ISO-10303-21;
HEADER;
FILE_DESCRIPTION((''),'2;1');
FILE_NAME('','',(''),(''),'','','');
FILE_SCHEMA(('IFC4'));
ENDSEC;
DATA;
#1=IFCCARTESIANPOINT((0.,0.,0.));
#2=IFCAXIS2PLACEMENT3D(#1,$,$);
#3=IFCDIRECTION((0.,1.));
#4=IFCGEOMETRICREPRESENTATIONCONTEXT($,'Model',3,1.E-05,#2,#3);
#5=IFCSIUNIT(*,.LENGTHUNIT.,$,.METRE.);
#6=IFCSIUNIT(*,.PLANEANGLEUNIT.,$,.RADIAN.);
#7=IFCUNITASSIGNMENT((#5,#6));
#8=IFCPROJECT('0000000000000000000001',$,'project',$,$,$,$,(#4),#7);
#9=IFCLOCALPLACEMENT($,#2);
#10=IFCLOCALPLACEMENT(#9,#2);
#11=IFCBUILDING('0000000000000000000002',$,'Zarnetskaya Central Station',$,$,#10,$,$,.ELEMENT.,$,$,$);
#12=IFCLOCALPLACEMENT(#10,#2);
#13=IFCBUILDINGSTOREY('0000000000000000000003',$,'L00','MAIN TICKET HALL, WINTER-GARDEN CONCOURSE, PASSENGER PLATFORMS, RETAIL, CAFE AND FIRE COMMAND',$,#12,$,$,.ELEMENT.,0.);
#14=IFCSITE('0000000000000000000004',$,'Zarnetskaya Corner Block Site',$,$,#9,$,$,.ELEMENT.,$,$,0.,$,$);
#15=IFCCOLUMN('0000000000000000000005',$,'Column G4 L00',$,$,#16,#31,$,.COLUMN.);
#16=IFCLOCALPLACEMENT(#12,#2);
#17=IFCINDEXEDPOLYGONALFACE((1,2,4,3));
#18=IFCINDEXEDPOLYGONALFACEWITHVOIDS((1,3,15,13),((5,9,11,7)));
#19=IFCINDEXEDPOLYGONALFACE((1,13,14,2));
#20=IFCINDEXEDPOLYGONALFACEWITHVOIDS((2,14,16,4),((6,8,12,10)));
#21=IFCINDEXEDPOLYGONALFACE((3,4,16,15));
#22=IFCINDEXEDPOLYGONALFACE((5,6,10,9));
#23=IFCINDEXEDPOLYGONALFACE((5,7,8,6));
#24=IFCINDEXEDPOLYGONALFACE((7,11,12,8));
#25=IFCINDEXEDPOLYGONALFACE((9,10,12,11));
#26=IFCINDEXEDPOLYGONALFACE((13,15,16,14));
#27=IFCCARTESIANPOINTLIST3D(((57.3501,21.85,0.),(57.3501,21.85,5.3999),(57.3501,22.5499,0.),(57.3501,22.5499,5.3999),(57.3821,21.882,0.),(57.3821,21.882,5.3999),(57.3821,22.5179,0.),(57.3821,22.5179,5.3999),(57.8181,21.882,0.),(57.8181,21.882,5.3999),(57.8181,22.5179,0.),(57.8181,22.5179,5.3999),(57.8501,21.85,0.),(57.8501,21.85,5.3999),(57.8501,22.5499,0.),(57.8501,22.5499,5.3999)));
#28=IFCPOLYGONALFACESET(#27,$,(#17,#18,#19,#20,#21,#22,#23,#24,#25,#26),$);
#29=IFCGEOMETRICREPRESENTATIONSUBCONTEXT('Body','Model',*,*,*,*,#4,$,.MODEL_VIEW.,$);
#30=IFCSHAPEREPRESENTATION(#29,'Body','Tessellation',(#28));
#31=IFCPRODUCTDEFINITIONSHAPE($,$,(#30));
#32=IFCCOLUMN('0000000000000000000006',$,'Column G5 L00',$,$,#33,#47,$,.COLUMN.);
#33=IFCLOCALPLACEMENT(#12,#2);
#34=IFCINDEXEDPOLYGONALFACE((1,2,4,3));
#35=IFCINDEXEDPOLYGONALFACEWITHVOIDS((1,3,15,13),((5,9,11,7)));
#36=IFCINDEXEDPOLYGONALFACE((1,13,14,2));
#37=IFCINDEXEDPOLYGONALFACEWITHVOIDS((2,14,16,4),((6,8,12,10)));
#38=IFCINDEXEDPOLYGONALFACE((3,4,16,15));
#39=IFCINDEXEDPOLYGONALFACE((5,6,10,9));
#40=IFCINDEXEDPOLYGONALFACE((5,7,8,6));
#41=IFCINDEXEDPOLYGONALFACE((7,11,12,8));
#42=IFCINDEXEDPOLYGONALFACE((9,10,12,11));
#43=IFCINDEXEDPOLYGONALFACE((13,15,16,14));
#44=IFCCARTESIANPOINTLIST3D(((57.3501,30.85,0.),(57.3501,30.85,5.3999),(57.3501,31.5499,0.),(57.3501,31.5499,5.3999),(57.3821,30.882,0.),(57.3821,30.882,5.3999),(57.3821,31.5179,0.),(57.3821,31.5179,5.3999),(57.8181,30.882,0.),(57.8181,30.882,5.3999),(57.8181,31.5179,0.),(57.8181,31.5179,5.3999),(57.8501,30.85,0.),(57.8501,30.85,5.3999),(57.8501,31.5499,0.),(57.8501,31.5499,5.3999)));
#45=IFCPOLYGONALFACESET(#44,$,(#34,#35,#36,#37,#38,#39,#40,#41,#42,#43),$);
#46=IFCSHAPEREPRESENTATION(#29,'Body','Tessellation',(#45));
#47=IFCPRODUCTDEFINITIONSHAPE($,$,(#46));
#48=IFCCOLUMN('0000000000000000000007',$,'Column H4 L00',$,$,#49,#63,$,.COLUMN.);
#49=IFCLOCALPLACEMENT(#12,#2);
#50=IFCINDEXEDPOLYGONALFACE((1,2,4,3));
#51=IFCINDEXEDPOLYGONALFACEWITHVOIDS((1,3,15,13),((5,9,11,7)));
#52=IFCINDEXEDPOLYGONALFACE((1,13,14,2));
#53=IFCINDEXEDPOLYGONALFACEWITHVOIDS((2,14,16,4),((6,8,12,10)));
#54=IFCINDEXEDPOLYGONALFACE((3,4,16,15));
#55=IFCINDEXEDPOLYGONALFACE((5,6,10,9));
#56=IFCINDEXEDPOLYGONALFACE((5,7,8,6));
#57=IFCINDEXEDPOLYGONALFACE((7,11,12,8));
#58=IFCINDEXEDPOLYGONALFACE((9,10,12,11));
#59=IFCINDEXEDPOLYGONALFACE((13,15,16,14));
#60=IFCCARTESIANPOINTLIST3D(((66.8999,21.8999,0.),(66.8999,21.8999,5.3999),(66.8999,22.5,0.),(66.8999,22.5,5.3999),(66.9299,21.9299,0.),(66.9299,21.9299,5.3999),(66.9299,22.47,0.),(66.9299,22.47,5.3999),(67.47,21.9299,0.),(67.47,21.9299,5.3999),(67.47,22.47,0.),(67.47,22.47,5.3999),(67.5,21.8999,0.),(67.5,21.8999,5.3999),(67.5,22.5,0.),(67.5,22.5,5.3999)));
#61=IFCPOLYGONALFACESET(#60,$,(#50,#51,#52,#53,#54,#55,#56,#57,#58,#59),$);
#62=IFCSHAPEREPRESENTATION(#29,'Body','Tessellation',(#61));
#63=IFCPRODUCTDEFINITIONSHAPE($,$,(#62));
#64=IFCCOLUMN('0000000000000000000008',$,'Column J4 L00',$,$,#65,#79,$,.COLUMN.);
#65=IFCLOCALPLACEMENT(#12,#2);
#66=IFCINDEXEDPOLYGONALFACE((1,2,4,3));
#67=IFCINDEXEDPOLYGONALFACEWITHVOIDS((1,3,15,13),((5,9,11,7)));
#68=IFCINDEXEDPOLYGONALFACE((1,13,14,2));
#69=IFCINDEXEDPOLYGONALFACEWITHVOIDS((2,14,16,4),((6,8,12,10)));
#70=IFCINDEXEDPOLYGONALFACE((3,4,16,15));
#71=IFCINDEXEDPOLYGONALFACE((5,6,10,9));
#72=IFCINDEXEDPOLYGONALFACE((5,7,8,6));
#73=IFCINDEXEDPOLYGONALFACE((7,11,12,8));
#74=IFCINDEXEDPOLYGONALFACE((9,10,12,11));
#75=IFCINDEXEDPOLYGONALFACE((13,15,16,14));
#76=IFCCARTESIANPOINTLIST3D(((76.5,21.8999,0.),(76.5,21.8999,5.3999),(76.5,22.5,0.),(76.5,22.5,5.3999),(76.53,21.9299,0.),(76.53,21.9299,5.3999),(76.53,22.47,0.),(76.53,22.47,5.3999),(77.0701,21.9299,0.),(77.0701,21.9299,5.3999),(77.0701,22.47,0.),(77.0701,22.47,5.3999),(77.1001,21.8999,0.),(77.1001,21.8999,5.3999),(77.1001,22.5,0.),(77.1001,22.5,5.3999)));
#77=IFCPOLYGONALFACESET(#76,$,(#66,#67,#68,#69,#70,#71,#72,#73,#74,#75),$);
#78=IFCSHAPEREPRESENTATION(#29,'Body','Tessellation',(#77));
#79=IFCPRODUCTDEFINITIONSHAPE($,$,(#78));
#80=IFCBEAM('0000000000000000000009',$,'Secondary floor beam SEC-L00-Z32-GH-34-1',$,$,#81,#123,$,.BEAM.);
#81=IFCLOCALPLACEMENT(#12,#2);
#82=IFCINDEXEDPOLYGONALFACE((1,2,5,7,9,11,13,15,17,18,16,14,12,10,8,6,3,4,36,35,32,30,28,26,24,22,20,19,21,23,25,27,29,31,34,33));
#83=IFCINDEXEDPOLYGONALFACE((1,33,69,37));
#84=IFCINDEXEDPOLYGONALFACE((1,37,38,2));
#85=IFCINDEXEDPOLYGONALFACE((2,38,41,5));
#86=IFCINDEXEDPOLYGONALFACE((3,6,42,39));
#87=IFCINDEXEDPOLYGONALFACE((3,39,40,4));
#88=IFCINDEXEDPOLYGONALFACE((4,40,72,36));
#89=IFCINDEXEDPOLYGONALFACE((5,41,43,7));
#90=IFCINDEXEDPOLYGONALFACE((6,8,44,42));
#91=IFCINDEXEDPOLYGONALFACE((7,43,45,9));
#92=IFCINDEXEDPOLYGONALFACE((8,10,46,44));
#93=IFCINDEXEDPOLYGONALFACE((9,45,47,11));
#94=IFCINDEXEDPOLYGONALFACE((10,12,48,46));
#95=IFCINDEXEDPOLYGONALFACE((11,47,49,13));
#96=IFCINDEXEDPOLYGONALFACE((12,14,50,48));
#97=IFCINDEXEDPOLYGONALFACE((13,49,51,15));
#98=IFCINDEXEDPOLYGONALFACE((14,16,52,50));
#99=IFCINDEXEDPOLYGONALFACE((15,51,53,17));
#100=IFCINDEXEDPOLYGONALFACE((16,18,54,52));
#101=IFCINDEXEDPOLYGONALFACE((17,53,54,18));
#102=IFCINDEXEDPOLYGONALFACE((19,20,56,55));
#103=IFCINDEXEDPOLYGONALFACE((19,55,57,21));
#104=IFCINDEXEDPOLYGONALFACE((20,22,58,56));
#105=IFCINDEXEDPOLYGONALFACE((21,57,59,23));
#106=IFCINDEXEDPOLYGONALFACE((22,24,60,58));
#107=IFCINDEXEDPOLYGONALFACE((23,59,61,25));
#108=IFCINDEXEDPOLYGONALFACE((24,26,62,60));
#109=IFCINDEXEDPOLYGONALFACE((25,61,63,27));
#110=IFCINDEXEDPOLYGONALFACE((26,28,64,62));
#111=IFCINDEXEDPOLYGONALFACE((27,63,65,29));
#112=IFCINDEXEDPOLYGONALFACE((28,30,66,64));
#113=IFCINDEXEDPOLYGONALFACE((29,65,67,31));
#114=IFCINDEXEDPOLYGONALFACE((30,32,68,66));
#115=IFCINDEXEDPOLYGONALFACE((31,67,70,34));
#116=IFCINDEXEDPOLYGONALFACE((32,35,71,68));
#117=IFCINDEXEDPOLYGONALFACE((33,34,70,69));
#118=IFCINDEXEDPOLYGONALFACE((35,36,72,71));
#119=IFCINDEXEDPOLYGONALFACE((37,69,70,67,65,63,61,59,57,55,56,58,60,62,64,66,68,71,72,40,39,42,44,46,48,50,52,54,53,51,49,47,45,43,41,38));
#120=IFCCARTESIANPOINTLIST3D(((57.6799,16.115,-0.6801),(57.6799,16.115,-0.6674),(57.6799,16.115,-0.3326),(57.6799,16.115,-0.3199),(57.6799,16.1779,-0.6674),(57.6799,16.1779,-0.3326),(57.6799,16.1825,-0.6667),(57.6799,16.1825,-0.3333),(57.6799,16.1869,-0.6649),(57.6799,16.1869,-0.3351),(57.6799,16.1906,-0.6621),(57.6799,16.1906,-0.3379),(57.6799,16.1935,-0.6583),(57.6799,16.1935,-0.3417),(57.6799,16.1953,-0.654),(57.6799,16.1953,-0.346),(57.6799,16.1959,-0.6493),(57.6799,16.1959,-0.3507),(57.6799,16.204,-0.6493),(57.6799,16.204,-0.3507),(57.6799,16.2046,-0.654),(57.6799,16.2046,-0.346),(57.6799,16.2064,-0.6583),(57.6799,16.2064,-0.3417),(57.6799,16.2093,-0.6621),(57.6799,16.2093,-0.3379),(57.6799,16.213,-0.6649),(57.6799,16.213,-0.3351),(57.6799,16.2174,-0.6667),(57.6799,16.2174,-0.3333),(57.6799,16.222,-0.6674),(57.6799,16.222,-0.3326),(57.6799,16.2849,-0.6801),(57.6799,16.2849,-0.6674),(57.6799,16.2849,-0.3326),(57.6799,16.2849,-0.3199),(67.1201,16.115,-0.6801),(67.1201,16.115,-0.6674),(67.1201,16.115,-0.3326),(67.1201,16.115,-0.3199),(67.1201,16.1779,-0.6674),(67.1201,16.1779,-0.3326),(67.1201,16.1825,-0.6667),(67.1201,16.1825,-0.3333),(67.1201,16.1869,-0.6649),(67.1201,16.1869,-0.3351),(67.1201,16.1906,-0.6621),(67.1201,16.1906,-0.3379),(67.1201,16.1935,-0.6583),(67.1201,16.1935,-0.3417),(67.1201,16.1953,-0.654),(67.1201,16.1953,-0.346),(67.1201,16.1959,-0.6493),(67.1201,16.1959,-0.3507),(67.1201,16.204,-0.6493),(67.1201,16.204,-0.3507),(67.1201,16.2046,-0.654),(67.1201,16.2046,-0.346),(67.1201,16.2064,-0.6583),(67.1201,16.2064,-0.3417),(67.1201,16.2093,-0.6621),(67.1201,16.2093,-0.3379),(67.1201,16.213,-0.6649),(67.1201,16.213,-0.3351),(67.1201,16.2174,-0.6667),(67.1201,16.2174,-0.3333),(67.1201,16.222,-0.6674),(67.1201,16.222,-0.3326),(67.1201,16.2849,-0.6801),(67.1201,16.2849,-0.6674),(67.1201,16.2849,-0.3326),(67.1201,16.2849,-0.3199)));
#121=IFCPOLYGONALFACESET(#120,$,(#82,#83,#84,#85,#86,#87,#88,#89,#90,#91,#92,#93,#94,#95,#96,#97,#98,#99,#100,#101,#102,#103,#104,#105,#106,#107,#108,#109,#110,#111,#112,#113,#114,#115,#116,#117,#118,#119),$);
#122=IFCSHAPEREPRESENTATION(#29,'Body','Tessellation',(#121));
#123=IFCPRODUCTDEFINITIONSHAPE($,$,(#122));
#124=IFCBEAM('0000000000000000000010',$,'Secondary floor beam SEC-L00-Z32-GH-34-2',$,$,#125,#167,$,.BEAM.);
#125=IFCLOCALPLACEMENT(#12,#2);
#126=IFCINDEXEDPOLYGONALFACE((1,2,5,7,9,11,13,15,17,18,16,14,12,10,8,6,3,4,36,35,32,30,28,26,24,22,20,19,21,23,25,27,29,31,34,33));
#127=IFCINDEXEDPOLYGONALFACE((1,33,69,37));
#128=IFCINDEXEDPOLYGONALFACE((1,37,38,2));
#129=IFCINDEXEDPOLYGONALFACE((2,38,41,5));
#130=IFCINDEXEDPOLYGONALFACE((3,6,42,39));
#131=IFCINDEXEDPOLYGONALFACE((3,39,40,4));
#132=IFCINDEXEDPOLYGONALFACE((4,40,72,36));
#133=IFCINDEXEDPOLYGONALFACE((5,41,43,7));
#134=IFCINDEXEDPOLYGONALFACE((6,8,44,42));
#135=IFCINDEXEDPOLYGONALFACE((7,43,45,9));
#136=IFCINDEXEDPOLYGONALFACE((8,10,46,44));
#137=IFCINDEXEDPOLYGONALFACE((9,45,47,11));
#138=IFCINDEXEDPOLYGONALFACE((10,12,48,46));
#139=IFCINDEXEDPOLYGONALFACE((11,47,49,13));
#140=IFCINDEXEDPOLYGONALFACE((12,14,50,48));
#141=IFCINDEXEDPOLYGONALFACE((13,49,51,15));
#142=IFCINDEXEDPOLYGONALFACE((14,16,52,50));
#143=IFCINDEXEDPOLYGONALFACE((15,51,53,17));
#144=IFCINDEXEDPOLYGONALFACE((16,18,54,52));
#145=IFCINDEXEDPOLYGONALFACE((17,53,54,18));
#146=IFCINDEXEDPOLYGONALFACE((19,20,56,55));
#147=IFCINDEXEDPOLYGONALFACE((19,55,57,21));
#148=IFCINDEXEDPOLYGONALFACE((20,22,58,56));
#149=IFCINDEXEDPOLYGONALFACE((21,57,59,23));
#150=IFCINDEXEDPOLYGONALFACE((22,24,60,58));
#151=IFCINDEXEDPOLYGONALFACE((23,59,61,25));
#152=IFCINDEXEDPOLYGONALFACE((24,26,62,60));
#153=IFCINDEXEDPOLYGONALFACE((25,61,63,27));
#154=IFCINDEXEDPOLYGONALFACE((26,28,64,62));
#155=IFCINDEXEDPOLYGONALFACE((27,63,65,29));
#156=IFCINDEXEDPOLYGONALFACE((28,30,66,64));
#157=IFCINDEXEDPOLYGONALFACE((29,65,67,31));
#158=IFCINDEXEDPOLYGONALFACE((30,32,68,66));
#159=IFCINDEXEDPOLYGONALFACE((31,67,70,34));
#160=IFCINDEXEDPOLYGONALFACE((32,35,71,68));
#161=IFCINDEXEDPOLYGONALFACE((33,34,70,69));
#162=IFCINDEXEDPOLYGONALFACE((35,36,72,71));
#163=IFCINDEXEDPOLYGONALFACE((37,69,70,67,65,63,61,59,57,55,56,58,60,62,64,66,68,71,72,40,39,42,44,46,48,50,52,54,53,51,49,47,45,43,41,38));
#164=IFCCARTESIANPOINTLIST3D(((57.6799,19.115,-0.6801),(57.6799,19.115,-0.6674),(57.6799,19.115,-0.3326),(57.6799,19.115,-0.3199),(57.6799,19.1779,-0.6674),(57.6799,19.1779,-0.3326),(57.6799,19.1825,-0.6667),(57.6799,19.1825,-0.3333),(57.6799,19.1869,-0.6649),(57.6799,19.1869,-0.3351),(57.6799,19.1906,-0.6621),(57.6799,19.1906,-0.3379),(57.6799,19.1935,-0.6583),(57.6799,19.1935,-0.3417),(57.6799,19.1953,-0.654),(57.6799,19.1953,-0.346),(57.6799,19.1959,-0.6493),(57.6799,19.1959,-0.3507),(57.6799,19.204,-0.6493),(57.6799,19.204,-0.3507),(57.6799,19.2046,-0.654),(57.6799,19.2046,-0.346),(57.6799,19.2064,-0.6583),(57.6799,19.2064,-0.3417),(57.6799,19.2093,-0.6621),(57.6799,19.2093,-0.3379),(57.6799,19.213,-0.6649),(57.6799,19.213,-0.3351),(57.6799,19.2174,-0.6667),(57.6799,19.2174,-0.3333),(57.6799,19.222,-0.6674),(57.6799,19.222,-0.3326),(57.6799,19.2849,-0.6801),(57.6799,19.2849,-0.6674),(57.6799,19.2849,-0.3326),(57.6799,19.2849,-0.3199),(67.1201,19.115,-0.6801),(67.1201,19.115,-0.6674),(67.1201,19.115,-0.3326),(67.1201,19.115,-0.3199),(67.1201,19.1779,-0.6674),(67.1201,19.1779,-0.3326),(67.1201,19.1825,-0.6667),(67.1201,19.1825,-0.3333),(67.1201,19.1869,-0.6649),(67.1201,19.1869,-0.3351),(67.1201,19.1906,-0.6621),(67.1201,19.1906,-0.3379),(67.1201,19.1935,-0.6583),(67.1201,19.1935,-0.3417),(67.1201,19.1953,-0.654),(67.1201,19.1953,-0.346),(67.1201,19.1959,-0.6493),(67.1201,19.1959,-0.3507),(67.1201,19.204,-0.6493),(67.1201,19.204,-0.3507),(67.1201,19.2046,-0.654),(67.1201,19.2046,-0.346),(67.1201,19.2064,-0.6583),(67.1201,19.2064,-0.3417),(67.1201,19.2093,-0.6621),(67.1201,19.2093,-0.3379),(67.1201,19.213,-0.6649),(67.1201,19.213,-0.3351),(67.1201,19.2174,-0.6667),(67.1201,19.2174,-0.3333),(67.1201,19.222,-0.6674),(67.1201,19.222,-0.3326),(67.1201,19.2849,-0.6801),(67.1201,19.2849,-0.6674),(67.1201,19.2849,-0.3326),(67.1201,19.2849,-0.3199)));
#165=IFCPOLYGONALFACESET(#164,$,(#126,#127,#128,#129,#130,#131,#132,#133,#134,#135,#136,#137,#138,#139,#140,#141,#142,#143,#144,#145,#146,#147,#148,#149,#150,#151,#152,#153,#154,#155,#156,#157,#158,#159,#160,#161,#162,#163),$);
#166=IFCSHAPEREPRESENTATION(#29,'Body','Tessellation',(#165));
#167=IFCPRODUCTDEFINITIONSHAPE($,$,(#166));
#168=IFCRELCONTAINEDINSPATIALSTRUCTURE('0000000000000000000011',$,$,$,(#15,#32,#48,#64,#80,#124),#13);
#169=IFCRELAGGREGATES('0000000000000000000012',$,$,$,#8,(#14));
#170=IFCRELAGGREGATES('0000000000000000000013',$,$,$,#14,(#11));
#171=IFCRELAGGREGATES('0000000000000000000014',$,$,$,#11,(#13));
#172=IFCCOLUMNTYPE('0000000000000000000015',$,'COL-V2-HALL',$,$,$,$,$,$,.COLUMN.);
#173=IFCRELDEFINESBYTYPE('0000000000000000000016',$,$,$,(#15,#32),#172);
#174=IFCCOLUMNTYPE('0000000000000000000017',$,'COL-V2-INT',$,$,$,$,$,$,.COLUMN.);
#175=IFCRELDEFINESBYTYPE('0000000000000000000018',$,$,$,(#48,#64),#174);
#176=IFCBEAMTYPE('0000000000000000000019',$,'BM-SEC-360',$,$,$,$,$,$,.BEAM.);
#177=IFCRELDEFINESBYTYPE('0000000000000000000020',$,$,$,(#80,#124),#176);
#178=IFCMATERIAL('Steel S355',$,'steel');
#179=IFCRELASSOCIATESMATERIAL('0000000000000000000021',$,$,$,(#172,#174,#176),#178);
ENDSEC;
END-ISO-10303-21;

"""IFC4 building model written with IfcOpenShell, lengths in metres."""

from ifc_helpers import new_model, si_unit, direction, frame, origin, origin_2d, place, context, subcontext, project, spatial, hollow_rectangle, i_section, extrude, material, material_profile, profile_set, type_object, element, save


model = new_model("IFC4")

# Units and contexts
model_context = context("Model", 3, precision=1e-05, world=origin(), true_north=direction((0.0, 1.0)))
body_context = subcontext(model_context, "Body", "Model", "MODEL_VIEW")
ifc_project = project(units=[si_unit("LENGTHUNIT", "METRE"), si_unit("PLANEANGLEUNIT", "RADIAN")], contexts=[model_context])

# Site, building, storey
site_placement = place(None, origin())
site = spatial("IfcSite", under=ifc_project, at=site_placement, Name="Zarnetskaya Corner Block Site", CompositionType="ELEMENT", RefElevation=0.0)
building_placement = place(site_placement, origin())
building = spatial("IfcBuilding", under=site, at=building_placement, Name="Zarnetskaya Central Station", CompositionType="ELEMENT")
storey_placement = place(building_placement, origin())
storey = spatial("IfcBuildingStorey", under=building, at=storey_placement, Name="L00", Description="MAIN TICKET HALL, WINTER-GARDEN CONCOURSE, PASSENGER PLATFORMS, RETAIL, CAFE AND FIRE COMMAND", CompositionType="ELEMENT", Elevation=0.0)

# Columns
ifc_material_1 = material(Name="Steel S355", Category="steel")
ifc_material_profile_1 = material_profile(ifc_material_1, hollow_rectangle(XDim=0.5, YDim=0.7, WallThickness=0.032, at=origin_2d()), Name="BOX 700x500x32")
ifc_profile_set_1 = profile_set([ifc_material_profile_1], Name="Steel S355")
column_type_1 = type_object("IfcColumnType", Name="COL-V2-HALL", PredefinedType="COLUMN", material=ifc_profile_set_1)
for number, where, z_axis, x_axis, name in (
    (1, (57.6001, 22.2, 0.0), (0.0, 0.0, 1.0), (1.0, 0.0, 0.0), "Column G4 L00"),
    (2, (57.6001, 31.2, 0.0), (0.0, 0.0, 1.0), (1.0, 0.0, 0.0), "Column G5 L00"),
):
    element("IfcColumn", number, at=place(storey_placement, frame(where, z_axis=z_axis, x_axis=x_axis)), inside=storey, type_object=column_type_1, Name=name, PredefinedType="COLUMN", context=body_context, shape_type="SweptSolid", body=[
        extrude(hollow_rectangle(XDim=0.5, YDim=0.7, WallThickness=0.032, at=origin_2d()), origin(), (0.0, 0.0, 1.0), 5.3999),
    ])
ifc_material_profile_2 = material_profile(ifc_material_1, hollow_rectangle(XDim=0.6001, YDim=0.6001, WallThickness=0.03, at=origin_2d()), Name="BOX 600x600x30")
ifc_profile_set_2 = profile_set([ifc_material_profile_2], Name="Steel S355")
column_type_2 = type_object("IfcColumnType", Name="COL-V2-INT", PredefinedType="COLUMN", material=ifc_profile_set_2)
for number, where, z_axis, x_axis, name in (
    (3, (67.2, 22.2, 0.0), (0.0, 0.0, 1.0), (1.0, 0.0, 0.0), "Column H4 L00"),
    (4, (76.8, 22.2, 0.0), (0.0, 0.0, 1.0), (1.0, 0.0, 0.0), "Column J4 L00"),
):
    element("IfcColumn", number, at=place(storey_placement, frame(where, z_axis=z_axis, x_axis=x_axis)), inside=storey, type_object=column_type_2, Name=name, PredefinedType="COLUMN", context=body_context, shape_type="SweptSolid", body=[
        extrude(hollow_rectangle(XDim=0.6001, YDim=0.6001, WallThickness=0.03, at=origin_2d()), origin(), (0.0, 0.0, 1.0), 5.3999),
    ])

# Beams
ifc_material_profile_3 = material_profile(ifc_material_1, i_section(OverallWidth=0.1699, OverallDepth=0.3601, WebThickness=0.0081, FlangeThickness=0.0127, FilletRadius=0.0181, at=origin_2d()), Name="IPE 360")
ifc_profile_set_3 = profile_set([ifc_material_profile_3], Name="Steel S355")
beam_type_1 = type_object("IfcBeamType", Name="BM-SEC-360", PredefinedType="BEAM", material=ifc_profile_set_3)
for number, where, z_axis, x_axis, name in (
    (5, (57.6799, 16.2, -0.5), (1.0, 0.0, 0.0), (0.0, 1.0, 0.0), "Secondary floor beam SEC-L00-Z32-GH-34-1"),
    (6, (57.6799, 19.2, -0.5), (1.0, 0.0, 0.0), (0.0, 1.0, 0.0), "Secondary floor beam SEC-L00-Z32-GH-34-2"),
):
    element("IfcBeam", number, at=place(storey_placement, frame(where, z_axis=z_axis, x_axis=x_axis)), inside=storey, type_object=beam_type_1, Name=name, PredefinedType="BEAM", context=body_context, shape_type="SweptSolid", body=[
        extrude(i_section(OverallWidth=0.1699, OverallDepth=0.3601, WebThickness=0.0081, FlangeThickness=0.0127, FilletRadius=0.0181, at=origin_2d()), origin(), (0.0, 0.0, 1.0), 9.4402),
    ])

save(model, "model.ifc")
